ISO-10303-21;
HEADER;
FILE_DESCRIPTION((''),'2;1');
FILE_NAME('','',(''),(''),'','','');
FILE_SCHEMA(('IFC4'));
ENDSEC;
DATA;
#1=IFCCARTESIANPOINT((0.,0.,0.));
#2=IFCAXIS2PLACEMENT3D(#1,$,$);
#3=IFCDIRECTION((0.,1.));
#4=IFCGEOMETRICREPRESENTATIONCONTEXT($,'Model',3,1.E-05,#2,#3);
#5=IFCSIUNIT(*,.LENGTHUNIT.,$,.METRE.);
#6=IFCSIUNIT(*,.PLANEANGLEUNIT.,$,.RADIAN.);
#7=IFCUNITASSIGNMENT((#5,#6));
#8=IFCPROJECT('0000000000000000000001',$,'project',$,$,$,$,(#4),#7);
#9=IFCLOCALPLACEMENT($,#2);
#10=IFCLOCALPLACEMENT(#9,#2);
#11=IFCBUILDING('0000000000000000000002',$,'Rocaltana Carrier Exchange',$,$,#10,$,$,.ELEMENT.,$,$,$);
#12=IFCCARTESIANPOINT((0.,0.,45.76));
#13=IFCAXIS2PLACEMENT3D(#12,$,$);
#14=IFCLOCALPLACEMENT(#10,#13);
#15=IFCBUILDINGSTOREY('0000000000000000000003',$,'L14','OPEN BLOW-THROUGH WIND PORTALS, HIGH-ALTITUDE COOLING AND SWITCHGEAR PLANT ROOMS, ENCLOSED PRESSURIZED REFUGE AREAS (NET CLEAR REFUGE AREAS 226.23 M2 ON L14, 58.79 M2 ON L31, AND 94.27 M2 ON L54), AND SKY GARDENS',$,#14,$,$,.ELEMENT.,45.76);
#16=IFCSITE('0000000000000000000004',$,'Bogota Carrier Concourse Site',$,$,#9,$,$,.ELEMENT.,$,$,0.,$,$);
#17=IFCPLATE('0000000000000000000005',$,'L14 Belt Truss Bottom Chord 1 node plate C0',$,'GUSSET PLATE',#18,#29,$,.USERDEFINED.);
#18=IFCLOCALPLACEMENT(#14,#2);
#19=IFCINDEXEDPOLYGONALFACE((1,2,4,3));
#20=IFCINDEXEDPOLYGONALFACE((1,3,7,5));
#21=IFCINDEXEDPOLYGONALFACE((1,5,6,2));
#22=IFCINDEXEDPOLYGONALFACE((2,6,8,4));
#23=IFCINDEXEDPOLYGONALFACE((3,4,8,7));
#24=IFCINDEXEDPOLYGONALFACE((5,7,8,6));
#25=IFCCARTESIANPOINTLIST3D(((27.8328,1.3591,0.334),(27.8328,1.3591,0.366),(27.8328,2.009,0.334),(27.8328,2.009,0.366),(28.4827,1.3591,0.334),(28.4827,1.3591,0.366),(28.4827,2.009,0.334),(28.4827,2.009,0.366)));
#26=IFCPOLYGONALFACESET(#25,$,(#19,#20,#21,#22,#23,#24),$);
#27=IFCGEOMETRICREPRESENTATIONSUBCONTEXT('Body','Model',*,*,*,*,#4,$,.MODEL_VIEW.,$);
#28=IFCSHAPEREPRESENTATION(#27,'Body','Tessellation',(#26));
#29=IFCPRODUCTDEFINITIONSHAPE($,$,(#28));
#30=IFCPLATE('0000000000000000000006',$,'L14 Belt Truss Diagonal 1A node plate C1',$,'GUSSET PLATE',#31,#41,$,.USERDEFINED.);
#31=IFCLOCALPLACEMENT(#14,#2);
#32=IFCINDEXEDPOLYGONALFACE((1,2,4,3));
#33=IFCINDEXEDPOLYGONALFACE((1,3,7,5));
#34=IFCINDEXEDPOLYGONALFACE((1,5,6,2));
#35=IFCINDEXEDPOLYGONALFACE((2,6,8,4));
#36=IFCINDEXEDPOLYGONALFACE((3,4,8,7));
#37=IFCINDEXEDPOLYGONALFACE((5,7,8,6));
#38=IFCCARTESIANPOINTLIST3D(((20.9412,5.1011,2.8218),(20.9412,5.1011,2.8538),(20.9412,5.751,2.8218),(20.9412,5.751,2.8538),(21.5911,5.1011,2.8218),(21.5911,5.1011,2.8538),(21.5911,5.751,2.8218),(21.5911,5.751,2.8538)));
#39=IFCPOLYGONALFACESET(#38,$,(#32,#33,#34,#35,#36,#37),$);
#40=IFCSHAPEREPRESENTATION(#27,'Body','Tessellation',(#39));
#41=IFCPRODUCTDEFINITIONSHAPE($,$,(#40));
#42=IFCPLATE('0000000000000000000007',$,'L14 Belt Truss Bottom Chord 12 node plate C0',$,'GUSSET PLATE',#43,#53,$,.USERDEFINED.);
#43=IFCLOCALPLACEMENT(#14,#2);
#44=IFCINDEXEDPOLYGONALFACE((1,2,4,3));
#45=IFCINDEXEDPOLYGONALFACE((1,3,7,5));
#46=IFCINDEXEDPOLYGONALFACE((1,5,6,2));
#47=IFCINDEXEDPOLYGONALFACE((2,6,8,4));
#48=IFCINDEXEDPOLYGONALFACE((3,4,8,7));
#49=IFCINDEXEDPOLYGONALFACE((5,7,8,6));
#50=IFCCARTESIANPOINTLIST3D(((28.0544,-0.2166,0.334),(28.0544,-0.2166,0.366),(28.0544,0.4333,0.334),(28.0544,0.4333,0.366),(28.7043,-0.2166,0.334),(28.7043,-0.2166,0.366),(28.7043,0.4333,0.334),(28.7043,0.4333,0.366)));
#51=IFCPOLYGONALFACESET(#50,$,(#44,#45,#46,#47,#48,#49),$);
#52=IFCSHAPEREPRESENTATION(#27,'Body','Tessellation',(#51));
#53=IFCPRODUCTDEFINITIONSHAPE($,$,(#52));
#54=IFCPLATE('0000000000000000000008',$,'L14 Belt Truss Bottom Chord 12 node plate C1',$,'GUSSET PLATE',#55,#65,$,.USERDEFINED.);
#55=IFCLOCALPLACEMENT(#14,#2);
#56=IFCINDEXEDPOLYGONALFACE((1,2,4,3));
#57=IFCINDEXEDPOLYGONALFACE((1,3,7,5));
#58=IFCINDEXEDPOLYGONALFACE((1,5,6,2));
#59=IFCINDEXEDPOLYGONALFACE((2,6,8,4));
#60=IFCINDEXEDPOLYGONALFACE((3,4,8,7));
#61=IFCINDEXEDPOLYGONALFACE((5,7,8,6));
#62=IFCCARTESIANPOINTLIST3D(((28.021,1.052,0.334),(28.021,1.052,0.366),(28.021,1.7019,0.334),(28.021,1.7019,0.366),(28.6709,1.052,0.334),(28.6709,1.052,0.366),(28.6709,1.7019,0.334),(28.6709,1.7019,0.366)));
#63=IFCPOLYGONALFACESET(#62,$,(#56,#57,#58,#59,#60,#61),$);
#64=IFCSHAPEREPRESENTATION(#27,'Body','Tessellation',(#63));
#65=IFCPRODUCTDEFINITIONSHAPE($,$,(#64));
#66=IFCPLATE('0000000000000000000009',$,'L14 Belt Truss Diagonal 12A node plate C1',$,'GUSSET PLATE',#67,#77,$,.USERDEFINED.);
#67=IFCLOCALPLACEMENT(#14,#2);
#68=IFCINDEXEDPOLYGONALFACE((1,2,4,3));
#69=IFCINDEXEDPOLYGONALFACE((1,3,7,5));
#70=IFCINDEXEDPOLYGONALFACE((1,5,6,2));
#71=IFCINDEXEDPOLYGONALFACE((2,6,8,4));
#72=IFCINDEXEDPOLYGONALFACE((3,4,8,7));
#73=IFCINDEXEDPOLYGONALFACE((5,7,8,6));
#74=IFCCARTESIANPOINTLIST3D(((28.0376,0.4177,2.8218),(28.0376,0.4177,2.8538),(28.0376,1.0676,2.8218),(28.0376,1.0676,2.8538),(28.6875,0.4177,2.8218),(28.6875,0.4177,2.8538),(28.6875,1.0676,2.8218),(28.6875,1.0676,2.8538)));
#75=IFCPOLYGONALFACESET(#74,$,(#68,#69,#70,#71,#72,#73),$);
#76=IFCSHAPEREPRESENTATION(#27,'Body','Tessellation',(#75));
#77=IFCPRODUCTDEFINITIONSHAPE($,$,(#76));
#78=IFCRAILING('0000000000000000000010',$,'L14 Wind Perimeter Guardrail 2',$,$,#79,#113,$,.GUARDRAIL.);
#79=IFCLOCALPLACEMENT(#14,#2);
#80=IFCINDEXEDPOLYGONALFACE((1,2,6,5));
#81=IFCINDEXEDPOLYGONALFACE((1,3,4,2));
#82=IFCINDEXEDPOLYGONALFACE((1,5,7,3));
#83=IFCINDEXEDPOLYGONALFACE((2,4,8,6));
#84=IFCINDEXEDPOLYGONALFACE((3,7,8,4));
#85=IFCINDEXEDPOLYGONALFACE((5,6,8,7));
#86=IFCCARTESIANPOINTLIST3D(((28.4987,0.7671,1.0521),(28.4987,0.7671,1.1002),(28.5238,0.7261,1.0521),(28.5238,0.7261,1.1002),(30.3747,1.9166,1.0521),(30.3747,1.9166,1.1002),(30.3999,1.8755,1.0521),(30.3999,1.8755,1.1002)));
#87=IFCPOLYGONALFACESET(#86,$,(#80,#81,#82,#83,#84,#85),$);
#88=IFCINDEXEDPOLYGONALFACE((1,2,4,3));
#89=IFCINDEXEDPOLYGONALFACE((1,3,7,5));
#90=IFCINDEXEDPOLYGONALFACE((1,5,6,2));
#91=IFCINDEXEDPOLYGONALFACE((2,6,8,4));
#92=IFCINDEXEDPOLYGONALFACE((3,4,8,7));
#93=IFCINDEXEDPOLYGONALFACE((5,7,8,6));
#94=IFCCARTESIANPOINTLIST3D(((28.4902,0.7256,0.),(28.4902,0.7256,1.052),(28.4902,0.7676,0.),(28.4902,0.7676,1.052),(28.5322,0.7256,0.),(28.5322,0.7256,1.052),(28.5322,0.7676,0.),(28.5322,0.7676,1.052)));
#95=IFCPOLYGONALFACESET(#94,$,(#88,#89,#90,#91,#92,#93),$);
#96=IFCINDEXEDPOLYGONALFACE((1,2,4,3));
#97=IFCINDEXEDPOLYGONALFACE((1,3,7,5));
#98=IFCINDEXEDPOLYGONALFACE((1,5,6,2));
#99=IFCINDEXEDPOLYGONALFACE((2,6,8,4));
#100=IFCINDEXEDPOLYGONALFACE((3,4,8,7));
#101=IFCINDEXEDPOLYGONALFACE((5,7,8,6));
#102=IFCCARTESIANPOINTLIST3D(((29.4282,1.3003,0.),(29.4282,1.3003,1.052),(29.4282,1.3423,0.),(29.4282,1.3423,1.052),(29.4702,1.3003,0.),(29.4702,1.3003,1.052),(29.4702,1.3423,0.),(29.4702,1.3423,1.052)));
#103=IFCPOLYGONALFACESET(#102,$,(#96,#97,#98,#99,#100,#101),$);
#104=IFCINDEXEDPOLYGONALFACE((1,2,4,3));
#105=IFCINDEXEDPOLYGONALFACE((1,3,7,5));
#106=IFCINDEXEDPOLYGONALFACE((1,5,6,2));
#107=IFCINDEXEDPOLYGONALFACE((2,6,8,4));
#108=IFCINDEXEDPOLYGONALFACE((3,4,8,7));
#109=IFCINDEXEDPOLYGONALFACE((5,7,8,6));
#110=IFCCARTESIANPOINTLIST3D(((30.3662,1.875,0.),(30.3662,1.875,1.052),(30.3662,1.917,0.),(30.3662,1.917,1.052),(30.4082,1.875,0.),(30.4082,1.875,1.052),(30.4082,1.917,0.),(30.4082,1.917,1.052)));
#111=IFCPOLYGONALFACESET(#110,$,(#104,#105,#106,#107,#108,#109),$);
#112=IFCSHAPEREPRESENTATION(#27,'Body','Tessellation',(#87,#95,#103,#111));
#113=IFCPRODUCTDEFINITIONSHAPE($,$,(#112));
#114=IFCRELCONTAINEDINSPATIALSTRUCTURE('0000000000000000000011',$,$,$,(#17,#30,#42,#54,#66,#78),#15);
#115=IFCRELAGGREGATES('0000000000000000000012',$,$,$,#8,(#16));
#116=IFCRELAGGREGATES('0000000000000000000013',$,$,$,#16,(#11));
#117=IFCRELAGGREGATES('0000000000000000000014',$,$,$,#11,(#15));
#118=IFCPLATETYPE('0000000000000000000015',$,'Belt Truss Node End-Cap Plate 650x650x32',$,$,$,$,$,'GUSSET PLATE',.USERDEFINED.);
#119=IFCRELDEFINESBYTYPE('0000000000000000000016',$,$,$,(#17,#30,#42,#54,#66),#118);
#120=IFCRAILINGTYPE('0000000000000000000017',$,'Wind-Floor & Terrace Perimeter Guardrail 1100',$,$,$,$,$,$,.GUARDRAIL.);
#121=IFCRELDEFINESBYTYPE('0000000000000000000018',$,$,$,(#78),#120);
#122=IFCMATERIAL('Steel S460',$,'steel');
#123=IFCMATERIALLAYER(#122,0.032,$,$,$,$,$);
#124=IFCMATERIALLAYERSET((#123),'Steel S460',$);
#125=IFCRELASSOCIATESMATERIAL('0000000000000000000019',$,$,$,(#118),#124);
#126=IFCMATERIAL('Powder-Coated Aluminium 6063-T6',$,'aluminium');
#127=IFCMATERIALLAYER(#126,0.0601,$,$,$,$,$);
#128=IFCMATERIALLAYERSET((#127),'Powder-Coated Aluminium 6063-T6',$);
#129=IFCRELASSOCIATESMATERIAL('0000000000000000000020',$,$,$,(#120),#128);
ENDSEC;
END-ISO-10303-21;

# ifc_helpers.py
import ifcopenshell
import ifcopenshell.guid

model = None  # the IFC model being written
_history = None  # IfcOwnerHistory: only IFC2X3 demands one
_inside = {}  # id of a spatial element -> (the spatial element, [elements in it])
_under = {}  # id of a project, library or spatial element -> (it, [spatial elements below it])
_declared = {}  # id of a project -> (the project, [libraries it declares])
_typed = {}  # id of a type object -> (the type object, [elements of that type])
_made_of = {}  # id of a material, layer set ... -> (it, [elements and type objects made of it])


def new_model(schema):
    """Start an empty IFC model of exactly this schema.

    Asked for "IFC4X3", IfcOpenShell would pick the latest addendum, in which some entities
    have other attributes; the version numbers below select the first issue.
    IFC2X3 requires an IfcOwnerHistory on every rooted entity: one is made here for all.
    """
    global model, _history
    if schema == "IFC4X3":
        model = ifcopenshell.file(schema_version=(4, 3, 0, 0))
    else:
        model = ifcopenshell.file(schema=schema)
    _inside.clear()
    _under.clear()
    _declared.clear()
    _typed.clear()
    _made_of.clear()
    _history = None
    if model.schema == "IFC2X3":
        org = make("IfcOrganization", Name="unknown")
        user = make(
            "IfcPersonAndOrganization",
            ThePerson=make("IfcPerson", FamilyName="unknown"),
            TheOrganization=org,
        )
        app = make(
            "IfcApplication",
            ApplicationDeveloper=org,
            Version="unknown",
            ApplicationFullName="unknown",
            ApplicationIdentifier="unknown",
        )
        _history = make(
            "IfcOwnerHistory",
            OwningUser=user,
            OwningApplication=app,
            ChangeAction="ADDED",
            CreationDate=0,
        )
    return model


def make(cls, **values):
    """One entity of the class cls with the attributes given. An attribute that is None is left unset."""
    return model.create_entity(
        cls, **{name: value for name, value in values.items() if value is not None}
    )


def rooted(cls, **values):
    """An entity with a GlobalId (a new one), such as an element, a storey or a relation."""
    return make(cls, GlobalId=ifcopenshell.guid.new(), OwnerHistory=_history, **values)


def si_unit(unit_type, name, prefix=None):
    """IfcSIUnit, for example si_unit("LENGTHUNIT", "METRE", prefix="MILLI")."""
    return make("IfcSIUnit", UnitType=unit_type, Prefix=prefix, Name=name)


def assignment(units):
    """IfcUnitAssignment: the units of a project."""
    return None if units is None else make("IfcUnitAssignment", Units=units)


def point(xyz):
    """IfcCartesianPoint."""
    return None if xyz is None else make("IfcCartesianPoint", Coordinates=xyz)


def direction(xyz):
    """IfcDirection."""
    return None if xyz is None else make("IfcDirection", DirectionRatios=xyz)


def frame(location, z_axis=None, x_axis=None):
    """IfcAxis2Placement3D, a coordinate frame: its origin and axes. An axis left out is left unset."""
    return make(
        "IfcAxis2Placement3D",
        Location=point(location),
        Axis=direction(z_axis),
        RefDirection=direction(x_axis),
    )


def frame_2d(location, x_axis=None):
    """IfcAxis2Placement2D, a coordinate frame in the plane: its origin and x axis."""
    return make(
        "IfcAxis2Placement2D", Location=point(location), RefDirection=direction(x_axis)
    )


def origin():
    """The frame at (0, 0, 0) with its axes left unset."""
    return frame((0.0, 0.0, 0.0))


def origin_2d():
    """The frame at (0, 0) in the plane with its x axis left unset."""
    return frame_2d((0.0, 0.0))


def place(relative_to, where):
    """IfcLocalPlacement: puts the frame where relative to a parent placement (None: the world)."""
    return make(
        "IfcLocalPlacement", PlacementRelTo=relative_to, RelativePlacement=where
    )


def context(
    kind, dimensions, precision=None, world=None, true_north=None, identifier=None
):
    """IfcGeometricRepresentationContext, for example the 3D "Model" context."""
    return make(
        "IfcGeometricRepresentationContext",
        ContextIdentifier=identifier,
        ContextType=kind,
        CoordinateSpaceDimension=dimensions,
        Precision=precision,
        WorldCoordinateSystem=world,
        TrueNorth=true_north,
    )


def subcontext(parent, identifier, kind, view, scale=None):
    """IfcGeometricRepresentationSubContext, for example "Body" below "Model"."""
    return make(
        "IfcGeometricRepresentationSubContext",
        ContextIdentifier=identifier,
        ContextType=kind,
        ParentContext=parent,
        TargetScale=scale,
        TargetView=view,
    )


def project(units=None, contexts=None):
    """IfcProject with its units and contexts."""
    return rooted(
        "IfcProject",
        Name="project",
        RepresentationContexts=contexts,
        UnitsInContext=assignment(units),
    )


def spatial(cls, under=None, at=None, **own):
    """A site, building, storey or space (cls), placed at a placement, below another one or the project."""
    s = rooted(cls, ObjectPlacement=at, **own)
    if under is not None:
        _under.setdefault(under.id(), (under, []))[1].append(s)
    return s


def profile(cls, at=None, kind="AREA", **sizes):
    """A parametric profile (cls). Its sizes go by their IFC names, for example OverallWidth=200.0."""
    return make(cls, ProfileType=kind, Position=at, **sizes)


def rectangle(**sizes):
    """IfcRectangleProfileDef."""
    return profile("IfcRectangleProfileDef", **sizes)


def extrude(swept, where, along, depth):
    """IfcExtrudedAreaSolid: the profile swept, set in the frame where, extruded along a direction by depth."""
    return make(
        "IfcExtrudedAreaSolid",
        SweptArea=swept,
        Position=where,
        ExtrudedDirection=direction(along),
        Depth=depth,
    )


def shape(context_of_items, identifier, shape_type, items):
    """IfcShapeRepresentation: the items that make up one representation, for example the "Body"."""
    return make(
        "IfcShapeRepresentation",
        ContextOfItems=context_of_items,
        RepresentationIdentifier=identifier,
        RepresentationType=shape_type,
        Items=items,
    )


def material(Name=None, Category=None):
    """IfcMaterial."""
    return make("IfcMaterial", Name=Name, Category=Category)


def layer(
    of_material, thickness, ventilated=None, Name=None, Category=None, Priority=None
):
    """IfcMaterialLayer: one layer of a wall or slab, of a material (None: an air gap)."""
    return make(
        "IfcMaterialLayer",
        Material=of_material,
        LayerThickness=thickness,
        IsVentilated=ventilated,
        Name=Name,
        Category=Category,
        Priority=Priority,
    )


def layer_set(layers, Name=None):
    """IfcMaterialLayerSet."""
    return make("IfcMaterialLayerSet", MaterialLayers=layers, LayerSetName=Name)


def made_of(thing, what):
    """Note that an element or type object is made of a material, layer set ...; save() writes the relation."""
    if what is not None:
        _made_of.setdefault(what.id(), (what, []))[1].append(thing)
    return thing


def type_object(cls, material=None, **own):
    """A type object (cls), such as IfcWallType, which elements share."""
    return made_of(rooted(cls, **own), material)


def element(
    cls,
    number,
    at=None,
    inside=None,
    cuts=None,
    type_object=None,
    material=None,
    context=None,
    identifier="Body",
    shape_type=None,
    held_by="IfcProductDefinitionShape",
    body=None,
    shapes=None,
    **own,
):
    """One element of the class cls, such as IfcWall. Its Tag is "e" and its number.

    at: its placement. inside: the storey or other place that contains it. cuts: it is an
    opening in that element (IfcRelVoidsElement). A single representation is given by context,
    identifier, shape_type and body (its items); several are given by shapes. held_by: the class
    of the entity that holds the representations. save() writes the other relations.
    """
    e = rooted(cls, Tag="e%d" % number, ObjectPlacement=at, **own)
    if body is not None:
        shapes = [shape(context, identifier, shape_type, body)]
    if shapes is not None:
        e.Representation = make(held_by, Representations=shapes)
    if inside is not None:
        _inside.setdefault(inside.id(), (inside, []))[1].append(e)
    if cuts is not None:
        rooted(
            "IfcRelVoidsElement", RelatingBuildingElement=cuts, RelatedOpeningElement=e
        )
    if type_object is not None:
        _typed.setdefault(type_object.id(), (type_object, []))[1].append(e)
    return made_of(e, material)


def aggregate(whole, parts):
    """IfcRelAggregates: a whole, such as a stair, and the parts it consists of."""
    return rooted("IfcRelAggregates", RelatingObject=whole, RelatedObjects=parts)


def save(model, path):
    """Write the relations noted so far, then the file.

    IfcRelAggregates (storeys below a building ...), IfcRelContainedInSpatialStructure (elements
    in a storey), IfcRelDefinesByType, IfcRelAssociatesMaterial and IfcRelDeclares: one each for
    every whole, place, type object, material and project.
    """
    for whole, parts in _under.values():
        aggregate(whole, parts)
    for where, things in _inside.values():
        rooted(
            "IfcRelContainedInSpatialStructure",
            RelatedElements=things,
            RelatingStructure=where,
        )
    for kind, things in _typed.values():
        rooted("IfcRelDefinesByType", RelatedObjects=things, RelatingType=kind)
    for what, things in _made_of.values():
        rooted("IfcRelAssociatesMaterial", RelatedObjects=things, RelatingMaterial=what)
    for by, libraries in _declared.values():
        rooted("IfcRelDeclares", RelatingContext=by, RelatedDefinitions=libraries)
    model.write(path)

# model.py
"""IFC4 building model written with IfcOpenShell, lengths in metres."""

from ifc_helpers import new_model, si_unit, direction, frame, origin, origin_2d, place, context, subcontext, project, spatial, rectangle, extrude, material, layer, layer_set, type_object, element, save


model = new_model("IFC4")

# Units and contexts
model_context = context("Model", 3, precision=1e-05, world=origin(), true_north=direction((0.0, 1.0)))
body_context = subcontext(model_context, "Body", "Model", "MODEL_VIEW")
ifc_project = project(units=[si_unit("LENGTHUNIT", "METRE"), si_unit("PLANEANGLEUNIT", "RADIAN")], contexts=[model_context])

# Site, building, storey
site_placement = place(None, origin())
site = spatial("IfcSite", under=ifc_project, at=site_placement, Name="Bogota Carrier Concourse Site", CompositionType="ELEMENT", RefElevation=0.0)
building_placement = place(site_placement, origin())
building = spatial("IfcBuilding", under=site, at=building_placement, Name="Rocaltana Carrier Exchange", CompositionType="ELEMENT")
storey_placement = place(building_placement, frame((0.0, 0.0, 45.76)))
storey = spatial("IfcBuildingStorey", under=building, at=storey_placement, Name="L14", Description="OPEN BLOW-THROUGH WIND PORTALS, HIGH-ALTITUDE COOLING AND SWITCHGEAR PLANT ROOMS, ENCLOSED PRESSURIZED REFUGE AREAS (NET CLEAR REFUGE AREAS 226.23 M2 ON L14, 58.79 M2 ON L31, AND 94.27 M2 ON L54), AND SKY GARDENS", CompositionType="ELEMENT", Elevation=45.76)

# Plates
ifc_material_1 = material(Name="Steel S460", Category="steel")
ifc_layer_1 = layer(ifc_material_1, 0.032)
ifc_layer_set_1 = layer_set([ifc_layer_1], Name="Steel S460")
plate_type = type_object("IfcPlateType", Name="Belt Truss Node End-Cap Plate 650x650x32", ElementType="GUSSET PLATE", PredefinedType="USERDEFINED", material=ifc_layer_set_1)
for number, where, z_axis, x_axis, name in (
    (1, (28.1577, 1.6841, 0.334), (0.0, 0.0, 1.0), (1.0, 0.0, 0.0), "L14 Belt Truss Bottom Chord 1 node plate C0"),
    (2, (21.2661, 5.426, 2.8218), (0.0, 0.0, 1.0), (1.0, 0.0, 0.0), "L14 Belt Truss Diagonal 1A node plate C1"),
    (3, (28.3794, 0.1084, 0.334), (0.0, 0.0, 1.0), (1.0, 0.0, 0.0), "L14 Belt Truss Bottom Chord 12 node plate C0"),
    (4, (28.3459, 1.377, 0.334), (0.0, 0.0, 1.0), (1.0, 0.0, 0.0), "L14 Belt Truss Bottom Chord 12 node plate C1"),
    (5, (28.3625, 0.7427, 2.8218), (0.0, 0.0, 1.0), (1.0, 0.0, 0.0), "L14 Belt Truss Diagonal 12A node plate C1"),
):
    element("IfcPlate", number, at=place(storey_placement, frame(where, z_axis=z_axis, x_axis=x_axis)), inside=storey, type_object=plate_type, Name=name, ObjectType="GUSSET PLATE", PredefinedType="USERDEFINED", context=body_context, shape_type="SweptSolid", body=[
        extrude(rectangle(XDim=0.6499, YDim=0.6499, at=origin_2d()), origin(), (0.0, 0.0, 1.0), 0.032),
    ])

# Railing
ifc_material_2 = material(Name="Powder-Coated Aluminium 6063-T6", Category="aluminium")
ifc_layer_2 = layer(ifc_material_2, 0.0601)
ifc_layer_set_2 = layer_set([ifc_layer_2], Name="Powder-Coated Aluminium 6063-T6")
railing_type = type_object("IfcRailingType", Name="Wind-Floor & Terrace Perimeter Guardrail 1100", PredefinedType="GUARDRAIL", material=ifc_layer_set_2)
railing_1_placement = place(storey_placement, frame((28.5112, 0.7466, 0.0)))
element("IfcRailing", 6, at=railing_1_placement, inside=storey, type_object=railing_type, Name="L14 Wind Perimeter Guardrail 2", PredefinedType="GUARDRAIL", context=body_context, shape_type="SweptSolid", body=[
    extrude(rectangle(XDim=0.0481, YDim=0.0481, at=origin_2d()), frame((0.0, 0.0, 1.0762), z_axis=(0.852678, 0.522437, 0.0), x_axis=(-0.522437, 0.852678, 0.0)), (0.0, 0.0, 1.0), 2.2002),
    extrude(rectangle(XDim=0.042, YDim=0.042, at=origin_2d()), origin(), (0.0, 0.0, 1.0), 1.052),
    extrude(rectangle(XDim=0.042, YDim=0.042, at=origin_2d()), frame((0.938, 0.5747, 0.0)), (0.0, 0.0, 1.0), 1.052),
    extrude(rectangle(XDim=0.042, YDim=0.042, at=origin_2d()), frame((1.876, 1.1494, 0.0)), (0.0, 0.0, 1.0), 1.052),
])

save(model, "model.ifc")
